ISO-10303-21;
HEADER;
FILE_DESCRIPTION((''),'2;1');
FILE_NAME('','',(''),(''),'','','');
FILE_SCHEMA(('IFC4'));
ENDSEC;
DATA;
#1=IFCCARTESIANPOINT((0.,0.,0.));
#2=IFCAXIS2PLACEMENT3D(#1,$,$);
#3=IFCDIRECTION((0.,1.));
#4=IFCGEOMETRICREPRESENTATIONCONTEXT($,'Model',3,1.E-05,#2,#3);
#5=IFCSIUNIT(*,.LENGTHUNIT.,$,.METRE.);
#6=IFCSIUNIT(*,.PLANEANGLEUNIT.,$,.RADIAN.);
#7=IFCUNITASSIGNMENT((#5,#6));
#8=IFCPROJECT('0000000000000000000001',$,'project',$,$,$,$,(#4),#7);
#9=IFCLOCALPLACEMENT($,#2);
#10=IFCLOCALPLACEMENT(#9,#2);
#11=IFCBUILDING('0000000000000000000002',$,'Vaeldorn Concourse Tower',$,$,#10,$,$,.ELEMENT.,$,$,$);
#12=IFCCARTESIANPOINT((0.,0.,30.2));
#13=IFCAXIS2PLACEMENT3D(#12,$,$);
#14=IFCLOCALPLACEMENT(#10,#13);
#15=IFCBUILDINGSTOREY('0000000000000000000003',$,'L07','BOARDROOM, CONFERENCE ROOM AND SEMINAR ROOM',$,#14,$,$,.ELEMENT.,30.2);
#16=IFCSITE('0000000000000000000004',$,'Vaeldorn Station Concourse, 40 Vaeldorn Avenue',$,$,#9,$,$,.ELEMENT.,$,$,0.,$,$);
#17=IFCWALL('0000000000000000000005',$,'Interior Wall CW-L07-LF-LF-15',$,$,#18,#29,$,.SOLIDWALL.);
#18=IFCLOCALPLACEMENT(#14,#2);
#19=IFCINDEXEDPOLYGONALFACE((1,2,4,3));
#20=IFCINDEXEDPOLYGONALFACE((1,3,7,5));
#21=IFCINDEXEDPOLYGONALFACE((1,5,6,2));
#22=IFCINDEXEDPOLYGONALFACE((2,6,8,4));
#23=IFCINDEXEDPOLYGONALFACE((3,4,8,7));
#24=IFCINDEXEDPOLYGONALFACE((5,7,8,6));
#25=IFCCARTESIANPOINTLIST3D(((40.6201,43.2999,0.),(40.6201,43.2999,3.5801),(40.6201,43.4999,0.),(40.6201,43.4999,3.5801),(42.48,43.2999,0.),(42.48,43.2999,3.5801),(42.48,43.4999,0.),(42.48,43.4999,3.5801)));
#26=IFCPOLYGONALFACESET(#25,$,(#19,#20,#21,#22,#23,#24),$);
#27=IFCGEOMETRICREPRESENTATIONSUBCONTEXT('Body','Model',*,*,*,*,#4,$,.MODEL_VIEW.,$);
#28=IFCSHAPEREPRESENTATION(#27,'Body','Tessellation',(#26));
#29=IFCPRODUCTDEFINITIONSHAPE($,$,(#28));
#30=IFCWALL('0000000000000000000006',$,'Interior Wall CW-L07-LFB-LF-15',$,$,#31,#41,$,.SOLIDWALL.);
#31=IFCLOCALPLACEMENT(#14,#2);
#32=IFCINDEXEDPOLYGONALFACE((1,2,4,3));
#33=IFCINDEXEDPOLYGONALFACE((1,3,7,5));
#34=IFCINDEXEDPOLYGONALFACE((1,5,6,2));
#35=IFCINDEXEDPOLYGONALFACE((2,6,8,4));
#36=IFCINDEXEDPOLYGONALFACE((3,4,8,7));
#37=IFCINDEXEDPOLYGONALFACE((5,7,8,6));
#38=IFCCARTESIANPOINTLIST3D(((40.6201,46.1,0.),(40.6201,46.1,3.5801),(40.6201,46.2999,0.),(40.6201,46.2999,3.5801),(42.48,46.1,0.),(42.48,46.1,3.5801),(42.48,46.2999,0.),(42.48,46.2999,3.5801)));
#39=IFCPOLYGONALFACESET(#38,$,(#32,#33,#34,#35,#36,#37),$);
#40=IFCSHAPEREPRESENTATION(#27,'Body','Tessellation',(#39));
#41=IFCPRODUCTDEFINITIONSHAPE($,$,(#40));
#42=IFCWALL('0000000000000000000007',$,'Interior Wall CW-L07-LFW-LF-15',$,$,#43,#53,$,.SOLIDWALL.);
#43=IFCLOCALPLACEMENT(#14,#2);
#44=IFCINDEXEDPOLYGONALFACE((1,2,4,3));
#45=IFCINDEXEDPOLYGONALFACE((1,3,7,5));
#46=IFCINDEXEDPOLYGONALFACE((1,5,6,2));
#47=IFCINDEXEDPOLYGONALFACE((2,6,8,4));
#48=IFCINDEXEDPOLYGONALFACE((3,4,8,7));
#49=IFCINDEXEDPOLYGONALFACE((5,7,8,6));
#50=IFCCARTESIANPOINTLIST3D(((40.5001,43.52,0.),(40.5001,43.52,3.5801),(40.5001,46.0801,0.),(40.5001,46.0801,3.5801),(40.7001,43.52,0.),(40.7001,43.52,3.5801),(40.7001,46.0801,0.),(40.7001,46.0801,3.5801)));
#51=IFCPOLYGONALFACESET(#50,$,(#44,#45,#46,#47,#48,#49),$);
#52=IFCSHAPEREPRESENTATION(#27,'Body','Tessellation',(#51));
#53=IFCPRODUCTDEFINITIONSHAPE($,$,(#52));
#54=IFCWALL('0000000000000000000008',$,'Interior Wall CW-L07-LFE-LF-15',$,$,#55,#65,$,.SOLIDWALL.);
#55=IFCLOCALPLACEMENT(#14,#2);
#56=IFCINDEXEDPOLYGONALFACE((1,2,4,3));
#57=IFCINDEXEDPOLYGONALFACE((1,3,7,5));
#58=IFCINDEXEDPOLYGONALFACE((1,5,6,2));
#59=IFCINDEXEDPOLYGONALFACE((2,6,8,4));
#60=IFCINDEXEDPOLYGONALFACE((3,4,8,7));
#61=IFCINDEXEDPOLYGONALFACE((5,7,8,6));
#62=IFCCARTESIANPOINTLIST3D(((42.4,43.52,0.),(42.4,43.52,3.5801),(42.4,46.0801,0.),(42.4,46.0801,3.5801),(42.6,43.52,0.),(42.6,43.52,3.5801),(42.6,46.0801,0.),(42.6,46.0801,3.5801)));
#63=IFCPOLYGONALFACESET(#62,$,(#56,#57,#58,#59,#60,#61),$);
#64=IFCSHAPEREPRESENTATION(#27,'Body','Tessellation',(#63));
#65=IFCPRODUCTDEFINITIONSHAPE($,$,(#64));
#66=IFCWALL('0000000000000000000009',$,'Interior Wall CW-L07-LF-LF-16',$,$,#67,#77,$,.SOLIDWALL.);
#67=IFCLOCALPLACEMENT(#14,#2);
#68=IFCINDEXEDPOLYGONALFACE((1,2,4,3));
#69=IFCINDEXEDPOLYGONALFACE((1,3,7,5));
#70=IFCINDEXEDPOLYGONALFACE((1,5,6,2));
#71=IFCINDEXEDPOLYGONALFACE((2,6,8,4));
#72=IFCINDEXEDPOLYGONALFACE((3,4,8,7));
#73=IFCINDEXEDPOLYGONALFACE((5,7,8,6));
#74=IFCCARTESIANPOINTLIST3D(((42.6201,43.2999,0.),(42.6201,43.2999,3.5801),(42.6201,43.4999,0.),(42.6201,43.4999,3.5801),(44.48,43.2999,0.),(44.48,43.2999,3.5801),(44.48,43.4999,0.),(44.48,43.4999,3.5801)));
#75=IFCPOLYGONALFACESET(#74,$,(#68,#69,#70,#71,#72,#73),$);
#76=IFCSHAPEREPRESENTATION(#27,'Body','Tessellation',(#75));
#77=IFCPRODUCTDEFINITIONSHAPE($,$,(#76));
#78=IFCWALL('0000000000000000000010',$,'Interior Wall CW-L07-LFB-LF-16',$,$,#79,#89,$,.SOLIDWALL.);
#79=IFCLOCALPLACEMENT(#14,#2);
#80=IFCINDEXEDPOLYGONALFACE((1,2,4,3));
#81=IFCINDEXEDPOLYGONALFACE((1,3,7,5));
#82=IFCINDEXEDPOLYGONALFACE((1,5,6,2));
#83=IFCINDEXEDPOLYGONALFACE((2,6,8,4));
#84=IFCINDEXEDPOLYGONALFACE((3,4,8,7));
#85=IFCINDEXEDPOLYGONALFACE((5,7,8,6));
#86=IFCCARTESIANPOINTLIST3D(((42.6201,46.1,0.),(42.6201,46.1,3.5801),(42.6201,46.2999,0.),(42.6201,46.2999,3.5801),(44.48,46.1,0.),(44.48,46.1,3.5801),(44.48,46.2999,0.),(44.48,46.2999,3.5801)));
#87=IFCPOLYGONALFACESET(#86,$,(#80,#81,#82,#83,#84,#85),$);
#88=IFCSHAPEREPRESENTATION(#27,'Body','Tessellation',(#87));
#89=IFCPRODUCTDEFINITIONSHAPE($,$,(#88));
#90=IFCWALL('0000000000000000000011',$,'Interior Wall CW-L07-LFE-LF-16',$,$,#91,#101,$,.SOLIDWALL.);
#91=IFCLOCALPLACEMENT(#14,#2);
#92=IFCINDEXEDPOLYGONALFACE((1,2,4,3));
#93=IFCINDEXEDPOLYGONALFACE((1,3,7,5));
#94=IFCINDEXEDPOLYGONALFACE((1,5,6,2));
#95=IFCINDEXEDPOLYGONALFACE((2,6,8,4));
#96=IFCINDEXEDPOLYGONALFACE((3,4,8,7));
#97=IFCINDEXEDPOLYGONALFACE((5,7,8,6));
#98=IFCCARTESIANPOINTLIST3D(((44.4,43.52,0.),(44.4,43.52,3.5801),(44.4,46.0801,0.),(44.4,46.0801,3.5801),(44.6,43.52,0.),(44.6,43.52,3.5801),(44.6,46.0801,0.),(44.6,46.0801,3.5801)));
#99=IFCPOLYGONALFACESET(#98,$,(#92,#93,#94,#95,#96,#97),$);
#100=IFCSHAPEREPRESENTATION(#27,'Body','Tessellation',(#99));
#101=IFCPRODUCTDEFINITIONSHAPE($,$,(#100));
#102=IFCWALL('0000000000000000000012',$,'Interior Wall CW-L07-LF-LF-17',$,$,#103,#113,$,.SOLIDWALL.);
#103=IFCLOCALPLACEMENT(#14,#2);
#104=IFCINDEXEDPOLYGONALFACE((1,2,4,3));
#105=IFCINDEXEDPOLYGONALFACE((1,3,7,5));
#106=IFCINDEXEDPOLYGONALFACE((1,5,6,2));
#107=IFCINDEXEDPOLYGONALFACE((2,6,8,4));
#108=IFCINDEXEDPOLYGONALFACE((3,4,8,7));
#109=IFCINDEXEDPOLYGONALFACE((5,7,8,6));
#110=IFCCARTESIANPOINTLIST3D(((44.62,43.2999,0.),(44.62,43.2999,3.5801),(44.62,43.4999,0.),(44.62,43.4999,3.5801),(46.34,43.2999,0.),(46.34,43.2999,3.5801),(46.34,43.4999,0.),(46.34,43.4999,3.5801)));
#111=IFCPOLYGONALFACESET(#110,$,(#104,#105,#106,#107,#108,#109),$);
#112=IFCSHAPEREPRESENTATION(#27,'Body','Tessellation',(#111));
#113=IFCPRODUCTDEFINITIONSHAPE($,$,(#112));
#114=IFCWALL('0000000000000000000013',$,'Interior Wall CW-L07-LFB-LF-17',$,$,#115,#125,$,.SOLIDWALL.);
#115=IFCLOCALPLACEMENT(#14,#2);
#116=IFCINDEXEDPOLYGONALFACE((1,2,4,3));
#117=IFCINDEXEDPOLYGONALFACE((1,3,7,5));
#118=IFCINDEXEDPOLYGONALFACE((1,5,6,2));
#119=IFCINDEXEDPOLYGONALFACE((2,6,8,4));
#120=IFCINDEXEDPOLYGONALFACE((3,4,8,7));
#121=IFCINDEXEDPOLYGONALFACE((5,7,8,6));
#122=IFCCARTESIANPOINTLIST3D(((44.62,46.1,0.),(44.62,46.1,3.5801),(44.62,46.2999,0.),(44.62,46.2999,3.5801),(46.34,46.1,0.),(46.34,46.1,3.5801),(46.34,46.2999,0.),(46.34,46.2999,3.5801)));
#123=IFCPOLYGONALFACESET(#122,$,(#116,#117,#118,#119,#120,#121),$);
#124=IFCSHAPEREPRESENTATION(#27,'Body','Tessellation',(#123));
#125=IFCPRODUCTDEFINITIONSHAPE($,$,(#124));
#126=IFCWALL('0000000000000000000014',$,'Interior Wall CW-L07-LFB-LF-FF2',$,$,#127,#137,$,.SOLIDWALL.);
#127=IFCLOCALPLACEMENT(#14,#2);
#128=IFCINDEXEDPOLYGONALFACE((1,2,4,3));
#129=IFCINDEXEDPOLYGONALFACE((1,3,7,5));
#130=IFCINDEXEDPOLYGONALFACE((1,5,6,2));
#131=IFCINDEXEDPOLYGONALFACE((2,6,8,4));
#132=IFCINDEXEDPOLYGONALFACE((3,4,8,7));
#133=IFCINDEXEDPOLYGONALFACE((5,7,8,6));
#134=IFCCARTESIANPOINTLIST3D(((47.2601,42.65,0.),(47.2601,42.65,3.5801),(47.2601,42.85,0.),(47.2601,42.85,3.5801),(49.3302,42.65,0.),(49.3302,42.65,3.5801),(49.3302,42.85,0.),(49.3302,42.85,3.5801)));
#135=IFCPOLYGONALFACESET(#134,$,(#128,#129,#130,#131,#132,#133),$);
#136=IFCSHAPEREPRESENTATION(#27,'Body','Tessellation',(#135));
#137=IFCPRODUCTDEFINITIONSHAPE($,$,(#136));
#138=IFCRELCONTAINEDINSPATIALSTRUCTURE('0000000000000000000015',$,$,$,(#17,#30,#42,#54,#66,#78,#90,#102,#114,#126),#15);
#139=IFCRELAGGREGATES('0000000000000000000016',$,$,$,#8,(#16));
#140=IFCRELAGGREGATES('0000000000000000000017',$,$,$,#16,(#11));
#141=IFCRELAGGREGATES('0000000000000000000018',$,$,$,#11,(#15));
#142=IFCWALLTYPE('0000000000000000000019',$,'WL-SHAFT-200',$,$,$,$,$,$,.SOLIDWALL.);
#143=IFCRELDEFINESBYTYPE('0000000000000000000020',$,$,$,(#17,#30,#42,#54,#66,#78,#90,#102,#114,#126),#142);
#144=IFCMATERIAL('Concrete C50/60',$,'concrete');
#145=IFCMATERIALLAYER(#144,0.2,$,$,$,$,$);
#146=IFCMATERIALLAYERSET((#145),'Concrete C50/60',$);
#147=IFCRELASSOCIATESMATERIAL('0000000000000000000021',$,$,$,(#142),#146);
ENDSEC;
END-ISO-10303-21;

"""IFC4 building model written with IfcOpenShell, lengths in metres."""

from ifc_helpers import new_model, si_unit, direction, frame, frame_2d, origin, place, context, subcontext, project, spatial, rectangle, extrude, material, layer, layer_set, type_object, element, save


model = new_model("IFC4")

# Units and contexts
model_context = context("Model", 3, precision=1e-05, world=origin(), true_north=direction((0.0, 1.0)))
body_context = subcontext(model_context, "Body", "Model", "MODEL_VIEW")
ifc_project = project(units=[si_unit("LENGTHUNIT", "METRE"), si_unit("PLANEANGLEUNIT", "RADIAN")], contexts=[model_context])

# Site, building, storey
site_placement = place(None, origin())
site = spatial("IfcSite", under=ifc_project, at=site_placement, Name="Vaeldorn Station Concourse, 40 Vaeldorn Avenue", CompositionType="ELEMENT", RefElevation=0.0)
building_placement = place(site_placement, origin())
building = spatial("IfcBuilding", under=site, at=building_placement, Name="Vaeldorn Concourse Tower", CompositionType="ELEMENT")
storey_placement = place(building_placement, frame((0.0, 0.0, 30.2)))
storey = spatial("IfcBuildingStorey", under=building, at=storey_placement, Name="L07", Description="BOARDROOM, CONFERENCE ROOM AND SEMINAR ROOM", CompositionType="ELEMENT", Elevation=30.2)

# Shared definitions
ifc_material_1 = material(Name="Concrete C50/60", Category="concrete")
ifc_layer_1 = layer(ifc_material_1, 0.2)
ifc_layer_set_1 = layer_set([ifc_layer_1], Name="Concrete C50/60")
wall_type_1 = type_object("IfcWallType", Name="WL-SHAFT-200", PredefinedType="SOLIDWALL", material=ifc_layer_set_1)

# Walls
for number, where, z_axis, x_axis, name in (
    (1, (40.6201, 43.3999, 0.0), (0.0, 0.0, 1.0), (1.0, 0.0, 0.0), "Interior Wall CW-L07-LF-LF-15"),
    (2, (40.6201, 46.2, 0.0), (0.0, 0.0, 1.0), (1.0, 0.0, 0.0), "Interior Wall CW-L07-LFB-LF-15"),
):
    element("IfcWall", number, at=place(storey_placement, frame(where, z_axis=z_axis, x_axis=x_axis)), inside=storey, type_object=wall_type_1, Name=name, PredefinedType="SOLIDWALL", context=body_context, shape_type="SweptSolid", body=[
        extrude(rectangle(XDim=1.8599, YDim=0.2, at=frame_2d((0.9299, 0.0))), origin(), (0.0, 0.0, 1.0), 3.5801),
    ])
for number, where, z_axis, x_axis, name in (
    (3, (40.6001, 43.52, 0.0), (0.0, 0.0, 1.0), (0.0, 1.0, 0.0), "Interior Wall CW-L07-LFW-LF-15"),
    (4, (42.5, 43.52, 0.0), (0.0, 0.0, 1.0), (0.0, 1.0, 0.0), "Interior Wall CW-L07-LFE-LF-15"),
):
    element("IfcWall", number, at=place(storey_placement, frame(where, z_axis=z_axis, x_axis=x_axis)), inside=storey, type_object=wall_type_1, Name=name, PredefinedType="SOLIDWALL", context=body_context, shape_type="SweptSolid", body=[
        extrude(rectangle(XDim=2.5601, YDim=0.2, at=frame_2d((1.28, 0.0))), origin(), (0.0, 0.0, 1.0), 3.5801),
    ])
for number, where, z_axis, x_axis, name in (
    (5, (42.6201, 43.3999, 0.0), (0.0, 0.0, 1.0), (1.0, 0.0, 0.0), "Interior Wall CW-L07-LF-LF-16"),
    (6, (42.6201, 46.2, 0.0), (0.0, 0.0, 1.0), (1.0, 0.0, 0.0), "Interior Wall CW-L07-LFB-LF-16"),
):
    element("IfcWall", number, at=place(storey_placement, frame(where, z_axis=z_axis, x_axis=x_axis)), inside=storey, type_object=wall_type_1, Name=name, PredefinedType="SOLIDWALL", context=body_context, shape_type="SweptSolid", body=[
        extrude(rectangle(XDim=1.8599, YDim=0.2, at=frame_2d((0.9299, 0.0))), origin(), (0.0, 0.0, 1.0), 3.5801),
    ])
wall_1_placement = place(storey_placement, frame((44.5, 43.52, 0.0), z_axis=(0.0, 0.0, 1.0), x_axis=(0.0, 1.0, 0.0)))
element("IfcWall", 7, at=wall_1_placement, inside=storey, type_object=wall_type_1, Name="Interior Wall CW-L07-LFE-LF-16", PredefinedType="SOLIDWALL", context=body_context, shape_type="SweptSolid", body=[
    extrude(rectangle(XDim=2.5601, YDim=0.2, at=frame_2d((1.28, 0.0))), origin(), (0.0, 0.0, 1.0), 3.5801),
])
for number, where, z_axis, x_axis, name in (
    (8, (44.6201, 43.3999, 0.0), (0.0, 0.0, 1.0), (1.0, 0.0, 0.0), "Interior Wall CW-L07-LF-LF-17"),
    (9, (44.6201, 46.2, 0.0), (0.0, 0.0, 1.0), (1.0, 0.0, 0.0), "Interior Wall CW-L07-LFB-LF-17"),
):
    element("IfcWall", number, at=place(storey_placement, frame(where, z_axis=z_axis, x_axis=x_axis)), inside=storey, type_object=wall_type_1, Name=name, PredefinedType="SOLIDWALL", context=body_context, shape_type="SweptSolid", body=[
        extrude(rectangle(XDim=1.72, YDim=0.2, at=frame_2d((0.8599, 0.0))), origin(), (0.0, 0.0, 1.0), 3.5801),
    ])

# Wall
wall_2_placement = place(storey_placement, frame((47.26, 42.75, 0.0), z_axis=(0.0, 0.0, 1.0), x_axis=(1.0, 0.0, 0.0)))
element("IfcWall", 10, at=wall_2_placement, inside=storey, type_object=wall_type_1, Name="Interior Wall CW-L07-LFB-LF-FF2", PredefinedType="SOLIDWALL", context=body_context, shape_type="SweptSolid", body=[
    extrude(rectangle(XDim=2.0701, YDim=0.2, at=frame_2d((1.0352, 0.0))), origin(), (0.0, 0.0, 1.0), 3.5801),
])

save(model, "model.ifc")
